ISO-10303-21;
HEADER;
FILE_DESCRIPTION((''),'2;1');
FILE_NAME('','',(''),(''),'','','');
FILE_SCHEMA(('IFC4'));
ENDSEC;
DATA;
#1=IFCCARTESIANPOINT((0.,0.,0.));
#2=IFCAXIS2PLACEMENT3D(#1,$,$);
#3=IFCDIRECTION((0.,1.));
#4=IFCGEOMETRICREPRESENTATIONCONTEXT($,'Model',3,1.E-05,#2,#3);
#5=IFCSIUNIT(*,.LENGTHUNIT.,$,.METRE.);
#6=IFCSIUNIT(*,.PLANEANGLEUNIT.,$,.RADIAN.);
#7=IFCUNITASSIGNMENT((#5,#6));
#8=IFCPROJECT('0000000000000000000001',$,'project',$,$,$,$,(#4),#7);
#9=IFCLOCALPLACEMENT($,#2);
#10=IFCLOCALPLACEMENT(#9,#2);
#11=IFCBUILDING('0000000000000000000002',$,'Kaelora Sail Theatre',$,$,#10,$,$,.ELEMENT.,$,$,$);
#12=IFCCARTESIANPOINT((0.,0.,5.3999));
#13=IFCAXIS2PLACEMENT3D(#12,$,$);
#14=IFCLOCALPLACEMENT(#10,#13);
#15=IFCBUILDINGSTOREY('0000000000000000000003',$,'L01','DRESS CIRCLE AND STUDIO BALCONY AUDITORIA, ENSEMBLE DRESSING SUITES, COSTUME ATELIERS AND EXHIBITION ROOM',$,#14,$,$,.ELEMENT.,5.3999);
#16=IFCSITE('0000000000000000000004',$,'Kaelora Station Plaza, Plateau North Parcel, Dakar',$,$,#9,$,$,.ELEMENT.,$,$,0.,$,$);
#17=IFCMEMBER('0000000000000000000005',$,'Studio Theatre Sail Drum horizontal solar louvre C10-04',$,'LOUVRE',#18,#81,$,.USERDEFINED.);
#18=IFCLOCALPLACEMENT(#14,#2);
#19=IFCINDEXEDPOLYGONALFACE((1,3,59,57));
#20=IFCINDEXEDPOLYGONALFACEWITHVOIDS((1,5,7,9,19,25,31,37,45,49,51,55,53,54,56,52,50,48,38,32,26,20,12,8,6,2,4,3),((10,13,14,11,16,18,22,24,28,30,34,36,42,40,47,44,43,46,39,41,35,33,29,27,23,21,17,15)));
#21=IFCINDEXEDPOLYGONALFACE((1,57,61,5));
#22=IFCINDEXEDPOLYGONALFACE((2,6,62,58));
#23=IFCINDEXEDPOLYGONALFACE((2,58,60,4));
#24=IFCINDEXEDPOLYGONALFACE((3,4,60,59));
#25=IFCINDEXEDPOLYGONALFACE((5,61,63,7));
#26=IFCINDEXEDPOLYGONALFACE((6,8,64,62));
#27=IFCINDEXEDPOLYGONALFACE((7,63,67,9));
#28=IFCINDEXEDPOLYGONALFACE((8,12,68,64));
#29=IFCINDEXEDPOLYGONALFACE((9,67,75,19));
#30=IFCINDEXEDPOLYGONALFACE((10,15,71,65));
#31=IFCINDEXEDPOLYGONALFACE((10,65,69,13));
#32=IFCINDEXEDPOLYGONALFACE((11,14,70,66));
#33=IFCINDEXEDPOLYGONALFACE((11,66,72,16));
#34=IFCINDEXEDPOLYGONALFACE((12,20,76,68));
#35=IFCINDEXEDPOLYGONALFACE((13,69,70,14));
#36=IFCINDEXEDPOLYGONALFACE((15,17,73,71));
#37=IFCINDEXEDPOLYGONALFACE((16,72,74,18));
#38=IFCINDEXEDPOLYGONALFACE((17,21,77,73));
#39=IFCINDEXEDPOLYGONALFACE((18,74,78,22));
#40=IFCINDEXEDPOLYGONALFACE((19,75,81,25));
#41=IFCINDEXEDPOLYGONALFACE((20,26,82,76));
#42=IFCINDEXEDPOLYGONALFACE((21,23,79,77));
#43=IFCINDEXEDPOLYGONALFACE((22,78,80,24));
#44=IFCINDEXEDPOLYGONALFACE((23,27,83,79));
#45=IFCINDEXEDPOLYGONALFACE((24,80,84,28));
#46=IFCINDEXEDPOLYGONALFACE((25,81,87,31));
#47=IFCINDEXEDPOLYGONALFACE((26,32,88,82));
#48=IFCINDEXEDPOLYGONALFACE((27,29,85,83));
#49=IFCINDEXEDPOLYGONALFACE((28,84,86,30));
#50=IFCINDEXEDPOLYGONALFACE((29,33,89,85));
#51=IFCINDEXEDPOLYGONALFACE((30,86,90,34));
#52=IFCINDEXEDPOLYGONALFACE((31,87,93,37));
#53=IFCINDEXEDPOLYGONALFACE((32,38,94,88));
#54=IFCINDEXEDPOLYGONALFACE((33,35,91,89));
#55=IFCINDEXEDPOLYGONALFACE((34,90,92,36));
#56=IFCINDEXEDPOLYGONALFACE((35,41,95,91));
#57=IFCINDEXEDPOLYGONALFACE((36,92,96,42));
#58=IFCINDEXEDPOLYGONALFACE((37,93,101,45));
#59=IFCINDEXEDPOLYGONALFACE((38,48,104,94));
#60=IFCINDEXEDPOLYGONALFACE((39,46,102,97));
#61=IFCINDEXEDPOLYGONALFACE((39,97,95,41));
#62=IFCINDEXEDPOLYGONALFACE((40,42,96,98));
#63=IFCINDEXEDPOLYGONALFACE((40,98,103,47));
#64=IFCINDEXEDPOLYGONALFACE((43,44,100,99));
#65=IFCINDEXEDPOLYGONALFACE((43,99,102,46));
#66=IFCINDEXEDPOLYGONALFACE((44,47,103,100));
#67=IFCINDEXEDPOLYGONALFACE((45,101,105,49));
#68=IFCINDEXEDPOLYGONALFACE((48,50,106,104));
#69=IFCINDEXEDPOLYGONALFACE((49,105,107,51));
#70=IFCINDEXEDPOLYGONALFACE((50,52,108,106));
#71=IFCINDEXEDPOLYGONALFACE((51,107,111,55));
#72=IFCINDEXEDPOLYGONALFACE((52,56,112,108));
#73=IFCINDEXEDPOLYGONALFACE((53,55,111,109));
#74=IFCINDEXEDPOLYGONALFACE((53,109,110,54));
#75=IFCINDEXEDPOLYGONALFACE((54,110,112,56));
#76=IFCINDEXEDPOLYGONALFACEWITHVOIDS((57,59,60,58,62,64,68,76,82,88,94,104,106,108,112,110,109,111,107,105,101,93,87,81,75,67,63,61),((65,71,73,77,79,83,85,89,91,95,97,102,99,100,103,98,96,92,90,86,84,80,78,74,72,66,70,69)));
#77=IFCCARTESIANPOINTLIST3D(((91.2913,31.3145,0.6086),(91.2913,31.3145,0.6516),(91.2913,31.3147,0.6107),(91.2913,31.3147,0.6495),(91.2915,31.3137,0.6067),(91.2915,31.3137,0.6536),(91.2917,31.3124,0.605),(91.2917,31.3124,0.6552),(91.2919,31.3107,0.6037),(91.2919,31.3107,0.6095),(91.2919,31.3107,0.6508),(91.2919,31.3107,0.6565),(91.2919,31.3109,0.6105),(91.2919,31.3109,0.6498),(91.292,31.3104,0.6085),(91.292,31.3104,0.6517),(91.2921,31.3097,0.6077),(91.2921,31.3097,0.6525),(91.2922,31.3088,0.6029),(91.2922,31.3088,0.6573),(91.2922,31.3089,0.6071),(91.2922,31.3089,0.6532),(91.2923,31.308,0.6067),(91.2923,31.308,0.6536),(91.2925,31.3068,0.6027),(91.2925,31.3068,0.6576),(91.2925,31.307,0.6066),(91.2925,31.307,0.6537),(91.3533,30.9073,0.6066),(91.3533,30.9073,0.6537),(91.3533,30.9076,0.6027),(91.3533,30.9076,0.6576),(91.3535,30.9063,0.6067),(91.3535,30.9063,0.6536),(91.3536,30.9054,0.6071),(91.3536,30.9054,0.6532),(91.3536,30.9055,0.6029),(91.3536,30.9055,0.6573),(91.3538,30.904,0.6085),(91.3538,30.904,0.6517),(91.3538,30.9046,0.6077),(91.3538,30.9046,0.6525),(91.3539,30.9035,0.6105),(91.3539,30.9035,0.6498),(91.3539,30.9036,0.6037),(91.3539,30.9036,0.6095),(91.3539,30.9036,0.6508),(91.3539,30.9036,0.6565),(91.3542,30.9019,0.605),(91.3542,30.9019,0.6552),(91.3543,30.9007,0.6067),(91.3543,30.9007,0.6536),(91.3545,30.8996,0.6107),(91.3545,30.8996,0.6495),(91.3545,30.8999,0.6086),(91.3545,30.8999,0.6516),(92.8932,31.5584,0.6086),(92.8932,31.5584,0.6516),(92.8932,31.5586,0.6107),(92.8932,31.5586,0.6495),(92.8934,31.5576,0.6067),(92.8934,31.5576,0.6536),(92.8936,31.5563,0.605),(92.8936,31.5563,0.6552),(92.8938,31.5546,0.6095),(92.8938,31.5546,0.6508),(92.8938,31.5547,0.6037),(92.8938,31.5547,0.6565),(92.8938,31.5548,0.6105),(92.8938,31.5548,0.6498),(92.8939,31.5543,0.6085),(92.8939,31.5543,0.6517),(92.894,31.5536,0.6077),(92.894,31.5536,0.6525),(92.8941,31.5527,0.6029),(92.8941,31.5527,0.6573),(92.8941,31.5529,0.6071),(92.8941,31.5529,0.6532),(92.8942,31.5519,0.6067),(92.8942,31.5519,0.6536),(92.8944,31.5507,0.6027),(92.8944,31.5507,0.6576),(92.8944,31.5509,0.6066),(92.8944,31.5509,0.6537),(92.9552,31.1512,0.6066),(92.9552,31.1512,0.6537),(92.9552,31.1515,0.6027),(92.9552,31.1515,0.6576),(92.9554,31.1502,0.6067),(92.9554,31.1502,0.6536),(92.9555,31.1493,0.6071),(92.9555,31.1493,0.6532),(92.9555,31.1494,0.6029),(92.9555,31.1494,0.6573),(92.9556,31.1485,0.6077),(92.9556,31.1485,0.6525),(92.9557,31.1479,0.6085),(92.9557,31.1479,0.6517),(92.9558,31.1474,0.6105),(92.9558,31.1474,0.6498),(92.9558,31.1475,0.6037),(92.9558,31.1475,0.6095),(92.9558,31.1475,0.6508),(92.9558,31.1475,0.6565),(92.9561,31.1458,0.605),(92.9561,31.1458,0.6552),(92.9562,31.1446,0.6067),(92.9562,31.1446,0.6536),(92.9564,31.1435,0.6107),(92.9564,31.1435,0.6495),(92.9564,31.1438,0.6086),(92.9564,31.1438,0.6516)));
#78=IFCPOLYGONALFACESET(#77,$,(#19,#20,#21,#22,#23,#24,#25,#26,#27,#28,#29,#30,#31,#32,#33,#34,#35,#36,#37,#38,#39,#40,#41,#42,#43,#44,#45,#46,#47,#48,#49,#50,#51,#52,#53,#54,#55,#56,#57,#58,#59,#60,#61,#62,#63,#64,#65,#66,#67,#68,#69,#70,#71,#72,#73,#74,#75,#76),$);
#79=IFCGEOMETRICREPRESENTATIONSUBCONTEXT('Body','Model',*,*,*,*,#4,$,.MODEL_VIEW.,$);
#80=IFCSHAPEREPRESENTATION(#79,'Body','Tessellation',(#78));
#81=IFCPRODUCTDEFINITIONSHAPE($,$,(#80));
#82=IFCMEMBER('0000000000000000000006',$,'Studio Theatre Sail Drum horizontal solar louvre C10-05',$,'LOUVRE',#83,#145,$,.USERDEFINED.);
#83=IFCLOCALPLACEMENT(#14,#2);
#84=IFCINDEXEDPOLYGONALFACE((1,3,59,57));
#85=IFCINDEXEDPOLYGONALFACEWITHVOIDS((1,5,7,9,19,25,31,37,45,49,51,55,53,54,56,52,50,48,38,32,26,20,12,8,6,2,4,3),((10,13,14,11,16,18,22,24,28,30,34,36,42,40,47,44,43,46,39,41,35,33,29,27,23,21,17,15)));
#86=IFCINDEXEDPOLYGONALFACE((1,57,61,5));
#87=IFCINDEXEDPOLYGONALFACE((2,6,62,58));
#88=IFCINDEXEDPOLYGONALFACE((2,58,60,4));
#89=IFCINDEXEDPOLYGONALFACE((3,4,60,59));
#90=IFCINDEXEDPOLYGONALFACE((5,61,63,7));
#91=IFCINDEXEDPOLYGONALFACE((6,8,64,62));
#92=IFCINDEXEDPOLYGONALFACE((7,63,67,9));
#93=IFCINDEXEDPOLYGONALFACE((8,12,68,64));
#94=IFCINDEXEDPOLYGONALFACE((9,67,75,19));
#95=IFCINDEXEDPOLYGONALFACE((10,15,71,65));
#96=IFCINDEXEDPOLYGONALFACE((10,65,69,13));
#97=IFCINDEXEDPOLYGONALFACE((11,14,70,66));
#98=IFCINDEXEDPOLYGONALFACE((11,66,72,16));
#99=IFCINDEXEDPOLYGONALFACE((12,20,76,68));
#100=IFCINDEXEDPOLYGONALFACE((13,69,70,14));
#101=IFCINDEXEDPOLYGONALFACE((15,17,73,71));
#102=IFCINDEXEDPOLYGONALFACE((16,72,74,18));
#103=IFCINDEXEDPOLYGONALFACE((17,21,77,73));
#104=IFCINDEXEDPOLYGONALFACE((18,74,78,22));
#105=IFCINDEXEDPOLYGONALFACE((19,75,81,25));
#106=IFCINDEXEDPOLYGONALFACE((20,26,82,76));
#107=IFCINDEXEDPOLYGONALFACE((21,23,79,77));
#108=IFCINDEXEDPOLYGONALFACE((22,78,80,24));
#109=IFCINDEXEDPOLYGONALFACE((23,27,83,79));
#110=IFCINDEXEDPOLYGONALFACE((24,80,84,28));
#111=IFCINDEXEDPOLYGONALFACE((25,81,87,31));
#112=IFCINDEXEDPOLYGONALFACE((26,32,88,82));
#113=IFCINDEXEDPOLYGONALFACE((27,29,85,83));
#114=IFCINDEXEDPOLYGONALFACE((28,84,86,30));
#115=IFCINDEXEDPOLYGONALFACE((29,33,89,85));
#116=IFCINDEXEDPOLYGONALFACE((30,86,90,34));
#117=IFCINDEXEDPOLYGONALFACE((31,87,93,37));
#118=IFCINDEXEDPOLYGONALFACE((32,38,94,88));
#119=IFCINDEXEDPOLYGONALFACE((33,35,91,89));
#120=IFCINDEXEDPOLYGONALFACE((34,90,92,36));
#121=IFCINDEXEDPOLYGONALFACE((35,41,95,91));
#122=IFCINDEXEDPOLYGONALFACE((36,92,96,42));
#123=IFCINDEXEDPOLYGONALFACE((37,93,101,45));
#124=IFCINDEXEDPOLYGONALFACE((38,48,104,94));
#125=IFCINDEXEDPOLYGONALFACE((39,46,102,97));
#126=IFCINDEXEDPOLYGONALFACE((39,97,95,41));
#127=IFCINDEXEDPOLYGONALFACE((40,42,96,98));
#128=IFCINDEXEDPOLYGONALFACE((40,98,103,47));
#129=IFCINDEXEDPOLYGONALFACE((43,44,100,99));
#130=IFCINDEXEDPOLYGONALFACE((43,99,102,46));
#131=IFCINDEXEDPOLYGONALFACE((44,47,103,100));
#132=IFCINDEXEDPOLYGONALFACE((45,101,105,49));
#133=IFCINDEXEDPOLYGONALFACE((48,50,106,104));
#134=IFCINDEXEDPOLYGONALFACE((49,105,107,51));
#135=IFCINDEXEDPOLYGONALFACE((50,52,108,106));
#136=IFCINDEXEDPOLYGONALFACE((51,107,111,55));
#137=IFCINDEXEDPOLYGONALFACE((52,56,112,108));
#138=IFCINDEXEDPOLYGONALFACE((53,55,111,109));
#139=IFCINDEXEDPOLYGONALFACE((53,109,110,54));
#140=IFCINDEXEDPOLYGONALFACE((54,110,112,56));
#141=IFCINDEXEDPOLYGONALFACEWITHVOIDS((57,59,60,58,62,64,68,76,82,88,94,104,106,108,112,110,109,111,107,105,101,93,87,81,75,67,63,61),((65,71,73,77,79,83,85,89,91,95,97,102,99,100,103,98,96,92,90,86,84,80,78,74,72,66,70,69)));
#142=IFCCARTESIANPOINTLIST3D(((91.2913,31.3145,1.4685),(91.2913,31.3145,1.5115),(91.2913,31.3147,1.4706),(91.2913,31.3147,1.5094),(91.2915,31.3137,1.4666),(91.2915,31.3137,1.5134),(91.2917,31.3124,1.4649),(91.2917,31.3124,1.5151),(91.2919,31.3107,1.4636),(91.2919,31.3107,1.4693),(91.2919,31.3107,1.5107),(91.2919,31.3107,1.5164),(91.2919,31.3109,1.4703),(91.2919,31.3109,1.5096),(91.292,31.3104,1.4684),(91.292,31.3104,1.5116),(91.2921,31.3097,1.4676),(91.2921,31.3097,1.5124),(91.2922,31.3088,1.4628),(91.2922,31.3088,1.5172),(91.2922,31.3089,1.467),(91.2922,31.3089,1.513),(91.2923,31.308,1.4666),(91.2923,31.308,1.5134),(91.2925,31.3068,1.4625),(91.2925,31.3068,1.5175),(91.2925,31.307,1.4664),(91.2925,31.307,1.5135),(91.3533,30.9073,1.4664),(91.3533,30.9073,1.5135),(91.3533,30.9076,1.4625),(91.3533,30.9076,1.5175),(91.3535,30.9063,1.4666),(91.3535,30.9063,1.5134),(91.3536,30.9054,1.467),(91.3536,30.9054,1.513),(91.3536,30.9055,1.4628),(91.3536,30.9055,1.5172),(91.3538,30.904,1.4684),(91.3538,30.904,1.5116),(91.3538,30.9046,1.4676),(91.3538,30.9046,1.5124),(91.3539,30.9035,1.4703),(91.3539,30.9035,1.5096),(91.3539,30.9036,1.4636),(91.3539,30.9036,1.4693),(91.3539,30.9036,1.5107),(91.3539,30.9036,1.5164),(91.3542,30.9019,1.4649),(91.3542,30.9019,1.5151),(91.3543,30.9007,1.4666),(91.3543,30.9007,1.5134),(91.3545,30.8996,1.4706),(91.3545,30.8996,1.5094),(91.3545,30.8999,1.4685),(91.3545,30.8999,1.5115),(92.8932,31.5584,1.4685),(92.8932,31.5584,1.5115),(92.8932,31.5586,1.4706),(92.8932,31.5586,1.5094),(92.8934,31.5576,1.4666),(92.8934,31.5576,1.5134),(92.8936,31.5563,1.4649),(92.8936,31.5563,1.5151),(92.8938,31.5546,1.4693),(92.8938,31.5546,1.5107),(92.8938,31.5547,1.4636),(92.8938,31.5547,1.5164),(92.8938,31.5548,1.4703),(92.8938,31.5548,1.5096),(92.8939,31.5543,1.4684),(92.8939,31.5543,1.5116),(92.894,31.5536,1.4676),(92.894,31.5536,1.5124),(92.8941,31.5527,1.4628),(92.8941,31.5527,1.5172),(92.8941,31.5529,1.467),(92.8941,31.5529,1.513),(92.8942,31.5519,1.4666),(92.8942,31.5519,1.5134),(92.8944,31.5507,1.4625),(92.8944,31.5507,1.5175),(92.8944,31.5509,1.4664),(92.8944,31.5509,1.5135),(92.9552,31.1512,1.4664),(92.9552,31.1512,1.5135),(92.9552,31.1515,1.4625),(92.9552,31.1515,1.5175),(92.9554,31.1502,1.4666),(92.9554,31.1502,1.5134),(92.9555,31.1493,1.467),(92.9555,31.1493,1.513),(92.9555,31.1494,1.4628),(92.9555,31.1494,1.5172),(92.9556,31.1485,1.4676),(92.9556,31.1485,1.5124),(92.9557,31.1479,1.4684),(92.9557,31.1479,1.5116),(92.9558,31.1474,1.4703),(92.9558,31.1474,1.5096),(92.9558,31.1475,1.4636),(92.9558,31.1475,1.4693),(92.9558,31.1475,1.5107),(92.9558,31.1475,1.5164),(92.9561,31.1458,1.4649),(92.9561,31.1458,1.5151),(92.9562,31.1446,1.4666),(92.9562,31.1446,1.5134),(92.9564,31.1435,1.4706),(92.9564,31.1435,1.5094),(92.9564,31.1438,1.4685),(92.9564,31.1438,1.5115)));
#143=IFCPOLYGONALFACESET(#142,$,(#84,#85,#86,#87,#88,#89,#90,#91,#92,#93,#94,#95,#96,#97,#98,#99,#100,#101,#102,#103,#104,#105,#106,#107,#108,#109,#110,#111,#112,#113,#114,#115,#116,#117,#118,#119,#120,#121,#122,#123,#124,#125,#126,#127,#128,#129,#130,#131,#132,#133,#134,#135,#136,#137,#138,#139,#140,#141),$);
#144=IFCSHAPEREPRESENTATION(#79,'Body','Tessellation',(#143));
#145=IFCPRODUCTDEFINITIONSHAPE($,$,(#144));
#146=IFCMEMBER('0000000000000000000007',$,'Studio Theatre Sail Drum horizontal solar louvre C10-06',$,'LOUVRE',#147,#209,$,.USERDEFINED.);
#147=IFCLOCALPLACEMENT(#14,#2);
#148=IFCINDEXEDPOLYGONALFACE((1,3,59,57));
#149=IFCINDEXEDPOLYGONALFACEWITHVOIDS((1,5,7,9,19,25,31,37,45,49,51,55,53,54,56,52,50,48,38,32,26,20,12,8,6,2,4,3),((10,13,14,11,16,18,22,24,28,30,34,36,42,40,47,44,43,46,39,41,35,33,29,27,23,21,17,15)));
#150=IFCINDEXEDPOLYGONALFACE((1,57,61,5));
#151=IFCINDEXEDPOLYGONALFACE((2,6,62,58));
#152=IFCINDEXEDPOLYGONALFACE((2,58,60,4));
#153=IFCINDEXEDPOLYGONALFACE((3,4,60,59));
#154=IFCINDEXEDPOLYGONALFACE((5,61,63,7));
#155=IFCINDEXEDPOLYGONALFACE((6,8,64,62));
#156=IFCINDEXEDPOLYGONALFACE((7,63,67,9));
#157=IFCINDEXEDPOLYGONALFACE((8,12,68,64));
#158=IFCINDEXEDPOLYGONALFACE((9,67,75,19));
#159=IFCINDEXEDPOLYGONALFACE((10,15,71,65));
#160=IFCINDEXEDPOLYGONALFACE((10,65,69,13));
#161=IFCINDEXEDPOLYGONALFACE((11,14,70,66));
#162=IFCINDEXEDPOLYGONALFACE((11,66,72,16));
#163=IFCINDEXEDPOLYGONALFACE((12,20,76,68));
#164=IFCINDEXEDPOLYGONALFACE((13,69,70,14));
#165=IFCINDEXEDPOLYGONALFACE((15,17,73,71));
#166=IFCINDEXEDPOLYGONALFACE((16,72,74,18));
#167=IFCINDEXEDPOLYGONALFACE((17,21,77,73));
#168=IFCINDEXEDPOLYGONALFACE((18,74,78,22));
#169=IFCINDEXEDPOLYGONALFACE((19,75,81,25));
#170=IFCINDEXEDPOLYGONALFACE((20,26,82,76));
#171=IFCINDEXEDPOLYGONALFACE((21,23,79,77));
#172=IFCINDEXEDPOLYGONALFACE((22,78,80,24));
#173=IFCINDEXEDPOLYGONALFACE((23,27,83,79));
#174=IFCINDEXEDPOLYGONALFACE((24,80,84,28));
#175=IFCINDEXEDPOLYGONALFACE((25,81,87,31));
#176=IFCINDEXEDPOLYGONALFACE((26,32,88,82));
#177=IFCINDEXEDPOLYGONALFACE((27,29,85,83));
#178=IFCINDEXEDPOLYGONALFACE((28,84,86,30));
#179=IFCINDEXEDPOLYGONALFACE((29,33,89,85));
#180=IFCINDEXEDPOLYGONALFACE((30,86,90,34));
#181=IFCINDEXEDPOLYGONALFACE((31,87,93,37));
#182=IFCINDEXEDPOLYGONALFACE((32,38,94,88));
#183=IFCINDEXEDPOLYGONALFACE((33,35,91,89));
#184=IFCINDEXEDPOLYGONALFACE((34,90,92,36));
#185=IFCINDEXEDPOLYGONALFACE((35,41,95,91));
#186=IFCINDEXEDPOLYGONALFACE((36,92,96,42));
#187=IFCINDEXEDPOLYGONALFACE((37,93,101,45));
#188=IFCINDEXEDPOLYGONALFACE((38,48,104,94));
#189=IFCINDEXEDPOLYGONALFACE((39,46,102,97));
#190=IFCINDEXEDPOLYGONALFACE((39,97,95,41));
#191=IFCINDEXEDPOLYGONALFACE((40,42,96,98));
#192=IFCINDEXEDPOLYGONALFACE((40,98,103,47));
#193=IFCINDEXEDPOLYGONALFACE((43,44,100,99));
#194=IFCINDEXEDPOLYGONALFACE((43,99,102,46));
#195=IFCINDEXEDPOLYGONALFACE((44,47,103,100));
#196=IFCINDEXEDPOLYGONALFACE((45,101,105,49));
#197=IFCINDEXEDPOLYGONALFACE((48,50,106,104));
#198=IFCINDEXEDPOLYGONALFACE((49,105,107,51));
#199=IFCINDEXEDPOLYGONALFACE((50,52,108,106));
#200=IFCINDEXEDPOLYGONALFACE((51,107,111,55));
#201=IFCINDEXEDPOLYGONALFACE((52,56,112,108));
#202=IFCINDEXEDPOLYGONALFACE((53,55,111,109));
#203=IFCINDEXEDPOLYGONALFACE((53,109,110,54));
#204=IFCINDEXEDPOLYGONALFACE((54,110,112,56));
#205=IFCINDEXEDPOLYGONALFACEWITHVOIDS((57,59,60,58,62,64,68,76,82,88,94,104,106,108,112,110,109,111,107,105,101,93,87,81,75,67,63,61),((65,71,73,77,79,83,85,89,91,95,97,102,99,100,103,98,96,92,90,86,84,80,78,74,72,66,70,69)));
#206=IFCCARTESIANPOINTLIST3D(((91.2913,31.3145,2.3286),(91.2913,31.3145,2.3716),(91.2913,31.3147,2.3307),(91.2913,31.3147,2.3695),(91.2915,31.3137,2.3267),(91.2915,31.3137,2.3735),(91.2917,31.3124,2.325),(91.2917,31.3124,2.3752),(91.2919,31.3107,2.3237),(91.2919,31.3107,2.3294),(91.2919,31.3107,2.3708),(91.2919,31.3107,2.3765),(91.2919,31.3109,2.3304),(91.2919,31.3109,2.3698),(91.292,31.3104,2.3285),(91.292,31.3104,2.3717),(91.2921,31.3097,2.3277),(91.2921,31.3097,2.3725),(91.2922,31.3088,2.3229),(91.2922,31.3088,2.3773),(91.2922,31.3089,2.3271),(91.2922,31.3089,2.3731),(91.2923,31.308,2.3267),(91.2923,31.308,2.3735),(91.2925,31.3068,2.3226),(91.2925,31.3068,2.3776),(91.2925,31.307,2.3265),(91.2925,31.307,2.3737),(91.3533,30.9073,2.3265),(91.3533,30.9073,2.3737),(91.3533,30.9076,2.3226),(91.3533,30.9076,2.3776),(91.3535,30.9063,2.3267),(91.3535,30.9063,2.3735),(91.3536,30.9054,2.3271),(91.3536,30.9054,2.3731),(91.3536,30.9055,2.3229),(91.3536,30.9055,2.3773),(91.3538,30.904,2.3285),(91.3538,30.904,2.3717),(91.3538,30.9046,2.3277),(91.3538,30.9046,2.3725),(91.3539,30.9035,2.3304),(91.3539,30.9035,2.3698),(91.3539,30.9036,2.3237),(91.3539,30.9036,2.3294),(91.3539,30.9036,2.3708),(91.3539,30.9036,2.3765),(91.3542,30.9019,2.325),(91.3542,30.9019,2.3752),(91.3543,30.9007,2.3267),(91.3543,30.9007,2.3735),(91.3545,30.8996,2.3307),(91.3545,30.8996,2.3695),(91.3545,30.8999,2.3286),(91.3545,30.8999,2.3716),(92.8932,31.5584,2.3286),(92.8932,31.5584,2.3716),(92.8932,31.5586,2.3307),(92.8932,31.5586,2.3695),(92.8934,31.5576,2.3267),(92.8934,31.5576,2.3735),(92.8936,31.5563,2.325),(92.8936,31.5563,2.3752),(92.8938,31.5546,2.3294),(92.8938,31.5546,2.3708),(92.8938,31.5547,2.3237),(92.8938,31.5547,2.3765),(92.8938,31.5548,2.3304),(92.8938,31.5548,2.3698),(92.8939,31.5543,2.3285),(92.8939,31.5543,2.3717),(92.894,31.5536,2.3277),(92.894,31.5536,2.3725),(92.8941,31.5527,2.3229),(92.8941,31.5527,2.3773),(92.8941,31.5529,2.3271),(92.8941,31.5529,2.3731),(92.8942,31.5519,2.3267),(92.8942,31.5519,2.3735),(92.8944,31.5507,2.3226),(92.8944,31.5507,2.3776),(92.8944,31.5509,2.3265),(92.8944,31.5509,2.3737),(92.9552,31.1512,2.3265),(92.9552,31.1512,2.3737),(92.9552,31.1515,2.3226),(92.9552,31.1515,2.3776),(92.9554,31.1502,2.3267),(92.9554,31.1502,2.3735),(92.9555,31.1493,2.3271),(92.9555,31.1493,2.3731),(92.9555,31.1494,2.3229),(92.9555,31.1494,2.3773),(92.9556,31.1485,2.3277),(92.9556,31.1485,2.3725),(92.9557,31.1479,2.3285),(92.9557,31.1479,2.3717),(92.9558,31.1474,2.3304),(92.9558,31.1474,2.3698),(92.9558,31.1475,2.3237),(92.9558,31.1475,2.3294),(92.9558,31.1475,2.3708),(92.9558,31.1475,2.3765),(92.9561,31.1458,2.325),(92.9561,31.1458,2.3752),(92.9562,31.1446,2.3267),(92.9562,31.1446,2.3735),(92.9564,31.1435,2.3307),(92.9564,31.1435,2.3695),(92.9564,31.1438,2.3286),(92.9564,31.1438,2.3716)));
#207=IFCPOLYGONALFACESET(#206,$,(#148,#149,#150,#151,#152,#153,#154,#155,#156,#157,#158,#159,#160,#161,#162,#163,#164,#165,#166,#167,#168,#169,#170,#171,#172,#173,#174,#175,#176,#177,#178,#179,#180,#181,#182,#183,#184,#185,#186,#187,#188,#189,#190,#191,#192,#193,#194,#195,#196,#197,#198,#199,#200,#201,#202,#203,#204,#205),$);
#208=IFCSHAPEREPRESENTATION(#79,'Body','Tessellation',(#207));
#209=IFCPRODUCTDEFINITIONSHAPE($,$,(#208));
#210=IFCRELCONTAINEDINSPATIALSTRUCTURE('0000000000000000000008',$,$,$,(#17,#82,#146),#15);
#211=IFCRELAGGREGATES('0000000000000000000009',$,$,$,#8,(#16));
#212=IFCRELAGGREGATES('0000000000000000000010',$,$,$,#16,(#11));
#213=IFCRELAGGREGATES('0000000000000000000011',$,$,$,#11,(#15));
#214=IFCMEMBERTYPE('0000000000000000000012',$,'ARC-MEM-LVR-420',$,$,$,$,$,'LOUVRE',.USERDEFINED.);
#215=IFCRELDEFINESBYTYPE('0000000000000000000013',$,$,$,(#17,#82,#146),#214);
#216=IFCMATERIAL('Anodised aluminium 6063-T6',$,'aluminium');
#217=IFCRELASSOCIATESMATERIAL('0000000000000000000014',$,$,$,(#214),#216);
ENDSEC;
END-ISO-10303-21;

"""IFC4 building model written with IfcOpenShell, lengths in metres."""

from ifc_helpers import new_model, si_unit, direction, frame, origin, origin_2d, place, context, subcontext, project, spatial, hollow_rectangle, extrude, material, material_profile, profile_set, type_object, element, save


model = new_model("IFC4")

# Units and contexts
model_context = context("Model", 3, precision=1e-05, world=origin(), true_north=direction((0.0, 1.0)))
body_context = subcontext(model_context, "Body", "Model", "MODEL_VIEW")
ifc_project = project(units=[si_unit("LENGTHUNIT", "METRE"), si_unit("PLANEANGLEUNIT", "RADIAN")], contexts=[model_context])

# Site, building, storey
site_placement = place(None, origin())
site = spatial("IfcSite", under=ifc_project, at=site_placement, Name="Kaelora Station Plaza, Plateau North Parcel, Dakar", CompositionType="ELEMENT", RefElevation=0.0)
building_placement = place(site_placement, origin())
building = spatial("IfcBuilding", under=site, at=building_placement, Name="Kaelora Sail Theatre", CompositionType="ELEMENT")
storey_placement = place(building_placement, frame((0.0, 0.0, 5.3999)))
storey = spatial("IfcBuildingStorey", under=building, at=storey_placement, Name="L01", Description="DRESS CIRCLE AND STUDIO BALCONY AUDITORIA, ENSEMBLE DRESSING SUITES, COSTUME ATELIERS AND EXHIBITION ROOM", CompositionType="ELEMENT", Elevation=5.3999)

# Members
ifc_material_1 = material(Name="Anodised aluminium 6063-T6", Category="aluminium")
ifc_material_profile_1 = material_profile(ifc_material_1, hollow_rectangle(XDim=0.4199, YDim=0.0549, WallThickness=0.0039, InnerFilletRadius=0.0039, OuterFilletRadius=0.0081, at=origin_2d()), Name="LOUVRE 420x55x4")
ifc_profile_set_1 = profile_set([ifc_material_profile_1], Name="Anodised aluminium 6063-T6")
member_type = type_object("IfcMemberType", Name="ARC-MEM-LVR-420", ElementType="LOUVRE", PredefinedType="USERDEFINED", material=ifc_profile_set_1)
for number, where, z_axis, x_axis, name in (
    (1, (92.9248, 31.3511, 0.6301), (-0.988606, -0.150528, 0.0), (0.150528, -0.988606, 0.0), "Studio Theatre Sail Drum horizontal solar louvre C10-04"),
    (2, (92.9248, 31.3511, 1.49), (-0.988606, -0.150528, 0.0), (0.150528, -0.988606, 0.0), "Studio Theatre Sail Drum horizontal solar louvre C10-05"),
    (3, (92.9248, 31.3511, 2.3501), (-0.988606, -0.150528, 0.0), (0.150528, -0.988606, 0.0), "Studio Theatre Sail Drum horizontal solar louvre C10-06"),
):
    element("IfcMember", number, at=place(storey_placement, frame(where, z_axis=z_axis, x_axis=x_axis)), inside=storey, type_object=member_type, Name=name, ObjectType="LOUVRE", PredefinedType="USERDEFINED", context=body_context, shape_type="SweptSolid", body=[
        extrude(hollow_rectangle(XDim=0.4199, YDim=0.0549, WallThickness=0.0039, InnerFilletRadius=0.0039, OuterFilletRadius=0.0081, at=origin_2d()), origin(), (0.0, 0.0, 1.0), 1.6204),
    ])

save(model, "model.ifc")
